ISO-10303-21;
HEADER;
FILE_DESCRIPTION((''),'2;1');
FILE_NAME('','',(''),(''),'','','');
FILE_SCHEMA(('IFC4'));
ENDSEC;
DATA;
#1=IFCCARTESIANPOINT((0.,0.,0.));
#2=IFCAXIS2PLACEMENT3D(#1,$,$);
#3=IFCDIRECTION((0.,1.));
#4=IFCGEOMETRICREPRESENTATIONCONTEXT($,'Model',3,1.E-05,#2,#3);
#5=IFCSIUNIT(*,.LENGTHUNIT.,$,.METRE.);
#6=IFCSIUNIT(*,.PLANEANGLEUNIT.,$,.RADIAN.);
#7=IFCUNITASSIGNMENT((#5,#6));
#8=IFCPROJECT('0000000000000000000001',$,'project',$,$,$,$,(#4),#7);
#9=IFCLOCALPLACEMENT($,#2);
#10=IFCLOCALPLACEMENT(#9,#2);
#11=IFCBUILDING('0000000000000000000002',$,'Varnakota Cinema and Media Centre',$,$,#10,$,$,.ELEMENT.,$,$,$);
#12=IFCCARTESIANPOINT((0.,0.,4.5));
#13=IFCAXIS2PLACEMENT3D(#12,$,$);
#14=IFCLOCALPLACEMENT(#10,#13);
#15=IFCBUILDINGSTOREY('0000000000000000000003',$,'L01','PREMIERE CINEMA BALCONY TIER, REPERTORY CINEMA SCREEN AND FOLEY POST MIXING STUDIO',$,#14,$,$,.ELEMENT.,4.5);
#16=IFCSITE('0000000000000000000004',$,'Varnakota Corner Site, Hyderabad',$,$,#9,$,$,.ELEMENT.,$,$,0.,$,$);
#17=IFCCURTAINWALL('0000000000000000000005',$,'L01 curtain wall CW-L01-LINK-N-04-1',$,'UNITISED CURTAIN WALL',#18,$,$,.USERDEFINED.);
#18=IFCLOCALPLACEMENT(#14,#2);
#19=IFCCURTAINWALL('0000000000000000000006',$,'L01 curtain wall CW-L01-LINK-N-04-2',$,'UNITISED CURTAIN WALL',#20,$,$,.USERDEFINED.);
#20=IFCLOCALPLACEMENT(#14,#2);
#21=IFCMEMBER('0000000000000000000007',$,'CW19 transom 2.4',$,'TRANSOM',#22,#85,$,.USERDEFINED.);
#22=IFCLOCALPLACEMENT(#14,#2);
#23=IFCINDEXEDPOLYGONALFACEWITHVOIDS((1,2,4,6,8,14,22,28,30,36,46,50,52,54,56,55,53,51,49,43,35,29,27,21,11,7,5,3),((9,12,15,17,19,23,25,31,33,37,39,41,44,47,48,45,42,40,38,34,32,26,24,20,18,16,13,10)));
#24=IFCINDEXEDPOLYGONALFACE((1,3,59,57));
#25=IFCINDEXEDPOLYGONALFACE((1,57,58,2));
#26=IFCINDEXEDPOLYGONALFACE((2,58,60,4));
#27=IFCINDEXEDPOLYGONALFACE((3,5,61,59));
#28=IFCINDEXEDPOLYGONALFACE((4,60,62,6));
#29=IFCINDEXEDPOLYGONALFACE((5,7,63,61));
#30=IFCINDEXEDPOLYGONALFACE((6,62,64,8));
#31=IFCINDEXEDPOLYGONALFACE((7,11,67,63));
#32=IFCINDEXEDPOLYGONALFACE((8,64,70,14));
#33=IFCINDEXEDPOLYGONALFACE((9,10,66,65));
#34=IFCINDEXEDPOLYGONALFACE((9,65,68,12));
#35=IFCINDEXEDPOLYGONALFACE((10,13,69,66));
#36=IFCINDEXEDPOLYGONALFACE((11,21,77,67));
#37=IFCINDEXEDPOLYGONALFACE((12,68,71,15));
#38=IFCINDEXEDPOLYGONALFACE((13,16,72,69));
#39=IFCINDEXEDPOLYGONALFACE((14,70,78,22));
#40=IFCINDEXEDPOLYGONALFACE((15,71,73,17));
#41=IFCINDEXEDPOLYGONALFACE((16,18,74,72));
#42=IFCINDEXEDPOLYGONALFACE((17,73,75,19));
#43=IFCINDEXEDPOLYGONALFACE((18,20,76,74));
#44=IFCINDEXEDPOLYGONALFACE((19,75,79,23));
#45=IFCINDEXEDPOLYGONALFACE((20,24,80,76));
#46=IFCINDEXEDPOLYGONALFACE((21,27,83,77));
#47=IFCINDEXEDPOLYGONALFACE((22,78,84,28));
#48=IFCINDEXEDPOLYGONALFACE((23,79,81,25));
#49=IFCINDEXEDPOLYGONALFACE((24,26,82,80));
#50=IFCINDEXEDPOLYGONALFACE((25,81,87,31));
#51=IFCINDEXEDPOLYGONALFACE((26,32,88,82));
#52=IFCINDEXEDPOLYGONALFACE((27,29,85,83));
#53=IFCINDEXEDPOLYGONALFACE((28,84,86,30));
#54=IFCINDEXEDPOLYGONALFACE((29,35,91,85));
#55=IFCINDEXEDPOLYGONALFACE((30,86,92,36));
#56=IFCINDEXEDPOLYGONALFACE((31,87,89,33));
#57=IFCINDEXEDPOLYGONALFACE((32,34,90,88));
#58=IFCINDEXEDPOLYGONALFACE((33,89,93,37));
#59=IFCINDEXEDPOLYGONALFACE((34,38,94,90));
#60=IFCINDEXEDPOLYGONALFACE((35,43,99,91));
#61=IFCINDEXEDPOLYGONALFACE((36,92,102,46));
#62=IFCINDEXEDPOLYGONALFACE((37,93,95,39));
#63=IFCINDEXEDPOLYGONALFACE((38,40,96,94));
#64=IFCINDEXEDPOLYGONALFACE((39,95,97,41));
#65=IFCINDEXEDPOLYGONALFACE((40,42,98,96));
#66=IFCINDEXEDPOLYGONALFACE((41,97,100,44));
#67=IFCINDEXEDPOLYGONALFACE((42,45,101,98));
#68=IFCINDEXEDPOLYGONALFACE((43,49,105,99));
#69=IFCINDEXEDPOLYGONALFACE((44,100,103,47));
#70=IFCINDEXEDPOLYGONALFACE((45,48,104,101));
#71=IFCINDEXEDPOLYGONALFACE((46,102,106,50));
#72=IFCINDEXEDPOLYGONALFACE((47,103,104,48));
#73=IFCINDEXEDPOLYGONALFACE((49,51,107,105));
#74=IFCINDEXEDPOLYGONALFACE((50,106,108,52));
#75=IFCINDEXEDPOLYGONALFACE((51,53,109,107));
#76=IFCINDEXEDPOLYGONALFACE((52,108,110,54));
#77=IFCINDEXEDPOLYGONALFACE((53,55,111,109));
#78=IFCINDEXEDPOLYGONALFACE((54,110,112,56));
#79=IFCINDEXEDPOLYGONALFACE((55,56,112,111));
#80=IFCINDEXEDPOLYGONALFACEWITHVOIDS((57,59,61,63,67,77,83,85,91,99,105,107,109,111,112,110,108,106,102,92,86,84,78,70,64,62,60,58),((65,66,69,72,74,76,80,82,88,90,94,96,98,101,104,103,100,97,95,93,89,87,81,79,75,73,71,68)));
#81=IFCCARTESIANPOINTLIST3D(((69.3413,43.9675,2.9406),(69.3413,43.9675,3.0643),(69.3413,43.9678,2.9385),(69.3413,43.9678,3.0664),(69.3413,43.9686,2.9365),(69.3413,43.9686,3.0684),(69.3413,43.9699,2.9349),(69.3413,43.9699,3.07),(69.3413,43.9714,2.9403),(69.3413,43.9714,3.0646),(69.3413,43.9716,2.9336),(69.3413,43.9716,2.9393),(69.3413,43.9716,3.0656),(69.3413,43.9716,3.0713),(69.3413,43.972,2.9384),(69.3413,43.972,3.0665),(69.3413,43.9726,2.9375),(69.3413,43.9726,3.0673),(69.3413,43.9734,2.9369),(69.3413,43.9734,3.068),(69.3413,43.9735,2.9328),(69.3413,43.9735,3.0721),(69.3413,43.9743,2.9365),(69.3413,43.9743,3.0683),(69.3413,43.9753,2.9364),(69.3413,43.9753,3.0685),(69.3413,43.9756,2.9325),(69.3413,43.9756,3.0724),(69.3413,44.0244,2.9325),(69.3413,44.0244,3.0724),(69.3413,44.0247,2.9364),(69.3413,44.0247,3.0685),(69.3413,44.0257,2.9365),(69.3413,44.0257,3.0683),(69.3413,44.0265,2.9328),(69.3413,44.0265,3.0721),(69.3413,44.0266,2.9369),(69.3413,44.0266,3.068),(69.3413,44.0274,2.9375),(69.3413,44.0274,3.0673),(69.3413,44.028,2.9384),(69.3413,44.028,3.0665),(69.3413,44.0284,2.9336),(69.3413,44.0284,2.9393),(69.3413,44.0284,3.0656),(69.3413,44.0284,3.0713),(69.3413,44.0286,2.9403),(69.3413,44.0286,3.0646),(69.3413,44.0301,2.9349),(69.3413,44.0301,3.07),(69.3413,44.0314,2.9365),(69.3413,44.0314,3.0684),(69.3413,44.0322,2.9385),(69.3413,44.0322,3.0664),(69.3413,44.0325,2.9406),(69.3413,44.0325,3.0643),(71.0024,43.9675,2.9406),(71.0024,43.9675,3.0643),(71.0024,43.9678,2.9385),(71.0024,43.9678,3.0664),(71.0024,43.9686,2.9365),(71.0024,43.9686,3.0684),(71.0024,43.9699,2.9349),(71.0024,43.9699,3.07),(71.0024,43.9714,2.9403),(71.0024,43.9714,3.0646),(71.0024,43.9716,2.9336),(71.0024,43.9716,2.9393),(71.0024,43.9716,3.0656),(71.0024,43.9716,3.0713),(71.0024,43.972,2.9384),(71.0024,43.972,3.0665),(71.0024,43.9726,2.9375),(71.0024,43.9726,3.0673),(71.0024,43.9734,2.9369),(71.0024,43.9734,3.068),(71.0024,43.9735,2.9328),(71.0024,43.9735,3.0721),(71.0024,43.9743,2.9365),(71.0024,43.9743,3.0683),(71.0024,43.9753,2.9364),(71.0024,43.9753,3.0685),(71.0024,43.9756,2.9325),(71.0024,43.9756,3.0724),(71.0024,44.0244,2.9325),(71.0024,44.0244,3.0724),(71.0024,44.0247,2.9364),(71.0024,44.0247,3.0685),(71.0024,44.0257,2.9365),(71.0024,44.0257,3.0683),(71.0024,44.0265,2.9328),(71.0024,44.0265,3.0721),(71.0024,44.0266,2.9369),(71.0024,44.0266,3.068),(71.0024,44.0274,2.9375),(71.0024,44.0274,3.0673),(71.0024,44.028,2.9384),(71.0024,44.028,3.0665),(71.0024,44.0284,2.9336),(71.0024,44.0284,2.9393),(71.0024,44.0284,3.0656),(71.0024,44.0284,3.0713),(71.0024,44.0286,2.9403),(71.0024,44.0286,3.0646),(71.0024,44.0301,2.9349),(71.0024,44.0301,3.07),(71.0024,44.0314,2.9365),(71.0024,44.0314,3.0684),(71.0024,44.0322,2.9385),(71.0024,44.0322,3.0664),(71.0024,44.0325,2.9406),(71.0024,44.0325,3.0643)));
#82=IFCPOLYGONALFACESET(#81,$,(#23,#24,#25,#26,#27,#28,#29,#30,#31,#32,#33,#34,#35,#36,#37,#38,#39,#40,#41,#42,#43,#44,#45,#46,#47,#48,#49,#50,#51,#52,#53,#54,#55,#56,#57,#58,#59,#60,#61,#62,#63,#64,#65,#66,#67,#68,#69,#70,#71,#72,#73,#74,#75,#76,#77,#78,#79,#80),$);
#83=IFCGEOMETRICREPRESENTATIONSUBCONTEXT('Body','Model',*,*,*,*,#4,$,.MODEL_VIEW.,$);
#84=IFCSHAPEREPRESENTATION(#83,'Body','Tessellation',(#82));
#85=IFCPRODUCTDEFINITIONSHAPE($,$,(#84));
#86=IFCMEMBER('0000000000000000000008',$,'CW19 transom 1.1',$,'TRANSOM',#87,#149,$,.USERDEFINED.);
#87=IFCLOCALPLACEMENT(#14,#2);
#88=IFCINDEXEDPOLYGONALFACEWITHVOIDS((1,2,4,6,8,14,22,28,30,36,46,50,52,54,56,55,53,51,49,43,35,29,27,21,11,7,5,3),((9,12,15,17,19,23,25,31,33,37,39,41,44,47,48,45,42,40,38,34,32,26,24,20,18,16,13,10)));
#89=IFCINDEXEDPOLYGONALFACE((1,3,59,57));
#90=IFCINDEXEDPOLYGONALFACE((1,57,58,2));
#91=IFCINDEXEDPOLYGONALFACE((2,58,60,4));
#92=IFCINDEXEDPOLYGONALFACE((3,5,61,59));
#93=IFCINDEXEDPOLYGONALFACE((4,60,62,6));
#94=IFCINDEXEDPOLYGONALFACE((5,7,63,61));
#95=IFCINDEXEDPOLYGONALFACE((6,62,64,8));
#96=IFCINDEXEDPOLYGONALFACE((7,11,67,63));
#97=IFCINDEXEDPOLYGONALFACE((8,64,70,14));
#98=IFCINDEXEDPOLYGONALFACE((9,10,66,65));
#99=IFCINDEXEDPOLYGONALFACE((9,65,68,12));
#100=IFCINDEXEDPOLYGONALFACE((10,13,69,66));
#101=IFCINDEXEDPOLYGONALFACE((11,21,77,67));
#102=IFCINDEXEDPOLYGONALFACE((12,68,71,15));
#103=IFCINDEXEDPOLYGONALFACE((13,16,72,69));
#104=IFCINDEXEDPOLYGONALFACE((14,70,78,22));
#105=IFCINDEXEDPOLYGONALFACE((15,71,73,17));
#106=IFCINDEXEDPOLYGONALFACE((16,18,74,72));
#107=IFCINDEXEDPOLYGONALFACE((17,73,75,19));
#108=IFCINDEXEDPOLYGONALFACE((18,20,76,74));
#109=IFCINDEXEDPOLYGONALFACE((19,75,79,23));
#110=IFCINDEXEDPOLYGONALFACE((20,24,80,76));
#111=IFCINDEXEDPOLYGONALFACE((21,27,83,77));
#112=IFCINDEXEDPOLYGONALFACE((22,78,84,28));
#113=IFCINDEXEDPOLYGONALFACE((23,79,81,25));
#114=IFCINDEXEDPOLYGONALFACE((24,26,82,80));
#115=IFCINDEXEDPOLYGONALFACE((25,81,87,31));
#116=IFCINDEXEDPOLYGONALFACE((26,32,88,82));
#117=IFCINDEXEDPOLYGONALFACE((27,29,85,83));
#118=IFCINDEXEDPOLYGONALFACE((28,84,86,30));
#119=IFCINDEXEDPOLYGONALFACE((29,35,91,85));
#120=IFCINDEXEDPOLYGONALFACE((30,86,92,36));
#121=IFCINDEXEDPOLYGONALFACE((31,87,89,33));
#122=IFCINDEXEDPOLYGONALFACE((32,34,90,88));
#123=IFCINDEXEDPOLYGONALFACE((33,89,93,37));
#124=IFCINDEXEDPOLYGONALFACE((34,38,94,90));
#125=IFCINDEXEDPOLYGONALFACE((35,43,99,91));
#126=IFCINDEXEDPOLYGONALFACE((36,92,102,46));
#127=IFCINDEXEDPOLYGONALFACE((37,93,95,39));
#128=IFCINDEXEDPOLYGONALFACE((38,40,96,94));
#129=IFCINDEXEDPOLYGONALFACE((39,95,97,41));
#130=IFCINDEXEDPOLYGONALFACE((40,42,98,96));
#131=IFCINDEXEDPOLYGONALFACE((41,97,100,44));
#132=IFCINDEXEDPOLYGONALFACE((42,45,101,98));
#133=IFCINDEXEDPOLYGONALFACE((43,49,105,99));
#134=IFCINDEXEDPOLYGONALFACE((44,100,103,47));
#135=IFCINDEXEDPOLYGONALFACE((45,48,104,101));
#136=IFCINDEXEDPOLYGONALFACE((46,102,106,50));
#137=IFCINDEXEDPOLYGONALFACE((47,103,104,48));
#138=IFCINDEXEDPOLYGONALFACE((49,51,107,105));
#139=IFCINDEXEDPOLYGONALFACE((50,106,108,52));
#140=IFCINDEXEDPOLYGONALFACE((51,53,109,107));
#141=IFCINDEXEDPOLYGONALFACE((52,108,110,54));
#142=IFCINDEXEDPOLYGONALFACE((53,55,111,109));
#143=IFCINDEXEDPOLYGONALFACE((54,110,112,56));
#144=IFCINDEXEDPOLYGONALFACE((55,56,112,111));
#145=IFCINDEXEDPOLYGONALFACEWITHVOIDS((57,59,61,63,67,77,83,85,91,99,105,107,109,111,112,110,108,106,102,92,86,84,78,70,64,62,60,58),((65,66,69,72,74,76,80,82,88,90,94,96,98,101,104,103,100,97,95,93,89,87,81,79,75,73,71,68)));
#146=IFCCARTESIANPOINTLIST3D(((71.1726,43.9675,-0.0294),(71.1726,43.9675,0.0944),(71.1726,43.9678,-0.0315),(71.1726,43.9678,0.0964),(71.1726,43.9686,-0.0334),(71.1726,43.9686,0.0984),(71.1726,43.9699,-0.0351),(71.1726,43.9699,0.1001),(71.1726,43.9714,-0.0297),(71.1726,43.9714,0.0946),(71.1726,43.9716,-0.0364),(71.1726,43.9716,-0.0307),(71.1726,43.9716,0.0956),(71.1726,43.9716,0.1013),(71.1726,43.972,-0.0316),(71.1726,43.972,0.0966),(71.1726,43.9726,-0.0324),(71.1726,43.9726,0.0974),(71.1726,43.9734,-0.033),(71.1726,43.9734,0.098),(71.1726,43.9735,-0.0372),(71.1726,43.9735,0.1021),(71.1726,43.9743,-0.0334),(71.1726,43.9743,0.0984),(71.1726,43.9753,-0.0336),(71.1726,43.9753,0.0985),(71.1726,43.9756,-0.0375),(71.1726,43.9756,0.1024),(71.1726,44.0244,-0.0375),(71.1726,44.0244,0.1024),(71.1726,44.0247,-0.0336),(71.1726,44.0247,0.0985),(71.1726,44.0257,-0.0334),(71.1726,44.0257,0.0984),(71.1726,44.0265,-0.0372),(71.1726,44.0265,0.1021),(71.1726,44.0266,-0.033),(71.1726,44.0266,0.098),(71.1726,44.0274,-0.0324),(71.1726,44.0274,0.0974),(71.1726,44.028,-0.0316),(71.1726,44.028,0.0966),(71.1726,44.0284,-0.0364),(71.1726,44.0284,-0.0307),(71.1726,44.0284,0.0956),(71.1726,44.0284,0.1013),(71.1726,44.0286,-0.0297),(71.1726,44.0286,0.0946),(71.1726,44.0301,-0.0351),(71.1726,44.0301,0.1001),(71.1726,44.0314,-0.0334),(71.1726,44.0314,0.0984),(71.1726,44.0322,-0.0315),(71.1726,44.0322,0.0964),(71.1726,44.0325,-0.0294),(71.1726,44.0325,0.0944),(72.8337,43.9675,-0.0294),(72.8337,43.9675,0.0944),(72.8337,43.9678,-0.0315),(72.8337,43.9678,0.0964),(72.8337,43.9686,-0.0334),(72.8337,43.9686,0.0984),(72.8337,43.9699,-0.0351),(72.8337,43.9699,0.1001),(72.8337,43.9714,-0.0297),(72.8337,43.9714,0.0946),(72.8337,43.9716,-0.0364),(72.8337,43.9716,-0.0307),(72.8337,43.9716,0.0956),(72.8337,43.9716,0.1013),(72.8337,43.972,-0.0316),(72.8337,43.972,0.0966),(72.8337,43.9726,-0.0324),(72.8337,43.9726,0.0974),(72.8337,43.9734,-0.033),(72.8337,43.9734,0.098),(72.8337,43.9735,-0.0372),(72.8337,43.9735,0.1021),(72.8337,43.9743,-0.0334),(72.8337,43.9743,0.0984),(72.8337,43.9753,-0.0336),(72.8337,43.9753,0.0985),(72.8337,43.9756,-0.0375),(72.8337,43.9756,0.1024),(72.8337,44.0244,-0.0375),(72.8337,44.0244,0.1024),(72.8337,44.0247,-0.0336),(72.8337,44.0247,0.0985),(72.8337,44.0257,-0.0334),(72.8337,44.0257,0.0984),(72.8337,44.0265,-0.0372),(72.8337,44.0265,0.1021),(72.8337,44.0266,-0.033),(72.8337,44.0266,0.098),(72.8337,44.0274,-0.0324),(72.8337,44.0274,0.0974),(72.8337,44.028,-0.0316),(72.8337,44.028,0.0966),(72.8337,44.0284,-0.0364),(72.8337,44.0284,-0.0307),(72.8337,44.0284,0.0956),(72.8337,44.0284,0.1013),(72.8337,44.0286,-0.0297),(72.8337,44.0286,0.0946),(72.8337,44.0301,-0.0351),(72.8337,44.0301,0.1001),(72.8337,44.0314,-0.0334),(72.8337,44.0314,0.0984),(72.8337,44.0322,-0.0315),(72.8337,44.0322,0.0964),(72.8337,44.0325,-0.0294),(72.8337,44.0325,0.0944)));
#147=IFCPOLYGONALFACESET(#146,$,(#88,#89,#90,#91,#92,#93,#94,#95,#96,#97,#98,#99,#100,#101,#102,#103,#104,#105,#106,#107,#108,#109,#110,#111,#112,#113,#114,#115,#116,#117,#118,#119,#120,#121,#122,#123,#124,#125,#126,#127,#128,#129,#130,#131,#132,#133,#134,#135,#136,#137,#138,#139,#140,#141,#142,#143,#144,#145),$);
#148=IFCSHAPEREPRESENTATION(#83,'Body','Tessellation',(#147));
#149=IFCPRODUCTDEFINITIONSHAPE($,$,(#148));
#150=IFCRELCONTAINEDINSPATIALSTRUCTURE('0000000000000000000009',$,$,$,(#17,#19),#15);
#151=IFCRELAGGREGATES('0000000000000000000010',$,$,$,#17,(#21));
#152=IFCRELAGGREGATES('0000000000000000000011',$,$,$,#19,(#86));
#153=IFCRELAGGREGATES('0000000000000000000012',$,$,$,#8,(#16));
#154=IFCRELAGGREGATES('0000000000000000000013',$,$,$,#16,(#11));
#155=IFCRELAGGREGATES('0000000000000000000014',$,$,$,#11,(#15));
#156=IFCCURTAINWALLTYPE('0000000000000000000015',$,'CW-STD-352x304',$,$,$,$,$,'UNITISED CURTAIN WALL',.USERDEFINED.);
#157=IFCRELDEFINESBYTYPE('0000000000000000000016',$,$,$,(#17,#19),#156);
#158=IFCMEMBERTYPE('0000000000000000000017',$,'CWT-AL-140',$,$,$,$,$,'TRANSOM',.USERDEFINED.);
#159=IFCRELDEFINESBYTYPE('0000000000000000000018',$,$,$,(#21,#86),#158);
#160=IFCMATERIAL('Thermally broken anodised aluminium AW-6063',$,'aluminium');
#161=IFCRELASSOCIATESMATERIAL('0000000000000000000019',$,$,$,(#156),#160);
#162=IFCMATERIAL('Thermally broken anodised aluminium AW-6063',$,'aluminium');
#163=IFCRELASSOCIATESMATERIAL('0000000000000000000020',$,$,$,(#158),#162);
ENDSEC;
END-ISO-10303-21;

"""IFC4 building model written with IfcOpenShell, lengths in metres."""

from ifc_helpers import new_model, si_unit, direction, frame, origin, origin_2d, place, context, subcontext, project, spatial, hollow_rectangle, extrude, material, material_profile, profile_set, type_object, element, aggregate, save


model = new_model("IFC4")

# Units and contexts
model_context = context("Model", 3, precision=1e-05, world=origin(), true_north=direction((0.0, 1.0)))
body_context = subcontext(model_context, "Body", "Model", "MODEL_VIEW")
ifc_project = project(units=[si_unit("LENGTHUNIT", "METRE"), si_unit("PLANEANGLEUNIT", "RADIAN")], contexts=[model_context])

# Site, building, storey
site_placement = place(None, origin())
site = spatial("IfcSite", under=ifc_project, at=site_placement, Name="Varnakota Corner Site, Hyderabad", CompositionType="ELEMENT", RefElevation=0.0)
building_placement = place(site_placement, origin())
building = spatial("IfcBuilding", under=site, at=building_placement, Name="Varnakota Cinema and Media Centre", CompositionType="ELEMENT")
storey_placement = place(building_placement, frame((0.0, 0.0, 4.5)))
storey = spatial("IfcBuildingStorey", under=building, at=storey_placement, Name="L01", Description="PREMIERE CINEMA BALCONY TIER, REPERTORY CINEMA SCREEN AND FOLEY POST MIXING STUDIO", CompositionType="ELEMENT", Elevation=4.5)

# Curtain wall
ifc_material_1 = material(Name="Thermally broken anodised aluminium AW-6063", Category="aluminium")
curtain_wall_type_1 = type_object("IfcCurtainWallType", Name="CW-STD-352x304", ElementType="UNITISED CURTAIN WALL", PredefinedType="USERDEFINED", material=ifc_material_1)
curtain_wall_1_placement = place(storey_placement, origin())
curtain_wall_1 = element("IfcCurtainWall", 1, at=curtain_wall_1_placement, inside=storey, type_object=curtain_wall_type_1, Name="L01 curtain wall CW-L01-LINK-N-04-1", ObjectType="UNITISED CURTAIN WALL", PredefinedType="USERDEFINED")

# Curtain wall
curtain_wall_2_placement = place(storey_placement, origin())
curtain_wall_2 = element("IfcCurtainWall", 2, at=curtain_wall_2_placement, inside=storey, type_object=curtain_wall_type_1, Name="L01 curtain wall CW-L01-LINK-N-04-2", ObjectType="UNITISED CURTAIN WALL", PredefinedType="USERDEFINED")

# Members
ifc_material_2 = material(Name="Thermally broken anodised aluminium AW-6063", Category="aluminium")
ifc_material_profile_1 = material_profile(ifc_material_2, hollow_rectangle(XDim=0.0649, YDim=0.1399, WallThickness=0.0039, InnerFilletRadius=0.0039, OuterFilletRadius=0.0081, at=origin_2d()), Name="AL-TRANSOM 140x65x4")
ifc_profile_set_1 = profile_set([ifc_material_profile_1], Name="Thermally broken anodised aluminium AW-6063")
member_type_1 = type_object("IfcMemberType", Name="CWT-AL-140", ElementType="TRANSOM", PredefinedType="USERDEFINED", material=ifc_profile_set_1)
member_1_placement = place(storey_placement, frame((69.3413, 44.0, 3.0024), z_axis=(1.0, 0.0, 0.0), x_axis=(0.0, 1.0, 0.0)))
member_1 = element("IfcMember", 3, at=member_1_placement, type_object=member_type_1, Name="CW19 transom 2.4", ObjectType="TRANSOM", PredefinedType="USERDEFINED", context=body_context, shape_type="SweptSolid", body=[
    extrude(hollow_rectangle(XDim=0.0649, YDim=0.1399, WallThickness=0.0039, InnerFilletRadius=0.0039, OuterFilletRadius=0.0081, at=origin_2d()), origin(), (0.0, 0.0, 1.0), 1.6611),
])
member_2_placement = place(storey_placement, frame((71.1726, 44.0, 0.0325), z_axis=(1.0, 0.0, 0.0), x_axis=(0.0, 1.0, 0.0)))
member_2 = element("IfcMember", 4, at=member_2_placement, type_object=member_type_1, Name="CW19 transom 1.1", ObjectType="TRANSOM", PredefinedType="USERDEFINED", context=body_context, shape_type="SweptSolid", body=[
    extrude(hollow_rectangle(XDim=0.0649, YDim=0.1399, WallThickness=0.0039, InnerFilletRadius=0.0039, OuterFilletRadius=0.0081, at=origin_2d()), origin(), (0.0, 0.0, 1.0), 1.6611),
])

aggregate(curtain_wall_1, [member_1])
aggregate(curtain_wall_2, [member_2])

save(model, "model.ifc")
